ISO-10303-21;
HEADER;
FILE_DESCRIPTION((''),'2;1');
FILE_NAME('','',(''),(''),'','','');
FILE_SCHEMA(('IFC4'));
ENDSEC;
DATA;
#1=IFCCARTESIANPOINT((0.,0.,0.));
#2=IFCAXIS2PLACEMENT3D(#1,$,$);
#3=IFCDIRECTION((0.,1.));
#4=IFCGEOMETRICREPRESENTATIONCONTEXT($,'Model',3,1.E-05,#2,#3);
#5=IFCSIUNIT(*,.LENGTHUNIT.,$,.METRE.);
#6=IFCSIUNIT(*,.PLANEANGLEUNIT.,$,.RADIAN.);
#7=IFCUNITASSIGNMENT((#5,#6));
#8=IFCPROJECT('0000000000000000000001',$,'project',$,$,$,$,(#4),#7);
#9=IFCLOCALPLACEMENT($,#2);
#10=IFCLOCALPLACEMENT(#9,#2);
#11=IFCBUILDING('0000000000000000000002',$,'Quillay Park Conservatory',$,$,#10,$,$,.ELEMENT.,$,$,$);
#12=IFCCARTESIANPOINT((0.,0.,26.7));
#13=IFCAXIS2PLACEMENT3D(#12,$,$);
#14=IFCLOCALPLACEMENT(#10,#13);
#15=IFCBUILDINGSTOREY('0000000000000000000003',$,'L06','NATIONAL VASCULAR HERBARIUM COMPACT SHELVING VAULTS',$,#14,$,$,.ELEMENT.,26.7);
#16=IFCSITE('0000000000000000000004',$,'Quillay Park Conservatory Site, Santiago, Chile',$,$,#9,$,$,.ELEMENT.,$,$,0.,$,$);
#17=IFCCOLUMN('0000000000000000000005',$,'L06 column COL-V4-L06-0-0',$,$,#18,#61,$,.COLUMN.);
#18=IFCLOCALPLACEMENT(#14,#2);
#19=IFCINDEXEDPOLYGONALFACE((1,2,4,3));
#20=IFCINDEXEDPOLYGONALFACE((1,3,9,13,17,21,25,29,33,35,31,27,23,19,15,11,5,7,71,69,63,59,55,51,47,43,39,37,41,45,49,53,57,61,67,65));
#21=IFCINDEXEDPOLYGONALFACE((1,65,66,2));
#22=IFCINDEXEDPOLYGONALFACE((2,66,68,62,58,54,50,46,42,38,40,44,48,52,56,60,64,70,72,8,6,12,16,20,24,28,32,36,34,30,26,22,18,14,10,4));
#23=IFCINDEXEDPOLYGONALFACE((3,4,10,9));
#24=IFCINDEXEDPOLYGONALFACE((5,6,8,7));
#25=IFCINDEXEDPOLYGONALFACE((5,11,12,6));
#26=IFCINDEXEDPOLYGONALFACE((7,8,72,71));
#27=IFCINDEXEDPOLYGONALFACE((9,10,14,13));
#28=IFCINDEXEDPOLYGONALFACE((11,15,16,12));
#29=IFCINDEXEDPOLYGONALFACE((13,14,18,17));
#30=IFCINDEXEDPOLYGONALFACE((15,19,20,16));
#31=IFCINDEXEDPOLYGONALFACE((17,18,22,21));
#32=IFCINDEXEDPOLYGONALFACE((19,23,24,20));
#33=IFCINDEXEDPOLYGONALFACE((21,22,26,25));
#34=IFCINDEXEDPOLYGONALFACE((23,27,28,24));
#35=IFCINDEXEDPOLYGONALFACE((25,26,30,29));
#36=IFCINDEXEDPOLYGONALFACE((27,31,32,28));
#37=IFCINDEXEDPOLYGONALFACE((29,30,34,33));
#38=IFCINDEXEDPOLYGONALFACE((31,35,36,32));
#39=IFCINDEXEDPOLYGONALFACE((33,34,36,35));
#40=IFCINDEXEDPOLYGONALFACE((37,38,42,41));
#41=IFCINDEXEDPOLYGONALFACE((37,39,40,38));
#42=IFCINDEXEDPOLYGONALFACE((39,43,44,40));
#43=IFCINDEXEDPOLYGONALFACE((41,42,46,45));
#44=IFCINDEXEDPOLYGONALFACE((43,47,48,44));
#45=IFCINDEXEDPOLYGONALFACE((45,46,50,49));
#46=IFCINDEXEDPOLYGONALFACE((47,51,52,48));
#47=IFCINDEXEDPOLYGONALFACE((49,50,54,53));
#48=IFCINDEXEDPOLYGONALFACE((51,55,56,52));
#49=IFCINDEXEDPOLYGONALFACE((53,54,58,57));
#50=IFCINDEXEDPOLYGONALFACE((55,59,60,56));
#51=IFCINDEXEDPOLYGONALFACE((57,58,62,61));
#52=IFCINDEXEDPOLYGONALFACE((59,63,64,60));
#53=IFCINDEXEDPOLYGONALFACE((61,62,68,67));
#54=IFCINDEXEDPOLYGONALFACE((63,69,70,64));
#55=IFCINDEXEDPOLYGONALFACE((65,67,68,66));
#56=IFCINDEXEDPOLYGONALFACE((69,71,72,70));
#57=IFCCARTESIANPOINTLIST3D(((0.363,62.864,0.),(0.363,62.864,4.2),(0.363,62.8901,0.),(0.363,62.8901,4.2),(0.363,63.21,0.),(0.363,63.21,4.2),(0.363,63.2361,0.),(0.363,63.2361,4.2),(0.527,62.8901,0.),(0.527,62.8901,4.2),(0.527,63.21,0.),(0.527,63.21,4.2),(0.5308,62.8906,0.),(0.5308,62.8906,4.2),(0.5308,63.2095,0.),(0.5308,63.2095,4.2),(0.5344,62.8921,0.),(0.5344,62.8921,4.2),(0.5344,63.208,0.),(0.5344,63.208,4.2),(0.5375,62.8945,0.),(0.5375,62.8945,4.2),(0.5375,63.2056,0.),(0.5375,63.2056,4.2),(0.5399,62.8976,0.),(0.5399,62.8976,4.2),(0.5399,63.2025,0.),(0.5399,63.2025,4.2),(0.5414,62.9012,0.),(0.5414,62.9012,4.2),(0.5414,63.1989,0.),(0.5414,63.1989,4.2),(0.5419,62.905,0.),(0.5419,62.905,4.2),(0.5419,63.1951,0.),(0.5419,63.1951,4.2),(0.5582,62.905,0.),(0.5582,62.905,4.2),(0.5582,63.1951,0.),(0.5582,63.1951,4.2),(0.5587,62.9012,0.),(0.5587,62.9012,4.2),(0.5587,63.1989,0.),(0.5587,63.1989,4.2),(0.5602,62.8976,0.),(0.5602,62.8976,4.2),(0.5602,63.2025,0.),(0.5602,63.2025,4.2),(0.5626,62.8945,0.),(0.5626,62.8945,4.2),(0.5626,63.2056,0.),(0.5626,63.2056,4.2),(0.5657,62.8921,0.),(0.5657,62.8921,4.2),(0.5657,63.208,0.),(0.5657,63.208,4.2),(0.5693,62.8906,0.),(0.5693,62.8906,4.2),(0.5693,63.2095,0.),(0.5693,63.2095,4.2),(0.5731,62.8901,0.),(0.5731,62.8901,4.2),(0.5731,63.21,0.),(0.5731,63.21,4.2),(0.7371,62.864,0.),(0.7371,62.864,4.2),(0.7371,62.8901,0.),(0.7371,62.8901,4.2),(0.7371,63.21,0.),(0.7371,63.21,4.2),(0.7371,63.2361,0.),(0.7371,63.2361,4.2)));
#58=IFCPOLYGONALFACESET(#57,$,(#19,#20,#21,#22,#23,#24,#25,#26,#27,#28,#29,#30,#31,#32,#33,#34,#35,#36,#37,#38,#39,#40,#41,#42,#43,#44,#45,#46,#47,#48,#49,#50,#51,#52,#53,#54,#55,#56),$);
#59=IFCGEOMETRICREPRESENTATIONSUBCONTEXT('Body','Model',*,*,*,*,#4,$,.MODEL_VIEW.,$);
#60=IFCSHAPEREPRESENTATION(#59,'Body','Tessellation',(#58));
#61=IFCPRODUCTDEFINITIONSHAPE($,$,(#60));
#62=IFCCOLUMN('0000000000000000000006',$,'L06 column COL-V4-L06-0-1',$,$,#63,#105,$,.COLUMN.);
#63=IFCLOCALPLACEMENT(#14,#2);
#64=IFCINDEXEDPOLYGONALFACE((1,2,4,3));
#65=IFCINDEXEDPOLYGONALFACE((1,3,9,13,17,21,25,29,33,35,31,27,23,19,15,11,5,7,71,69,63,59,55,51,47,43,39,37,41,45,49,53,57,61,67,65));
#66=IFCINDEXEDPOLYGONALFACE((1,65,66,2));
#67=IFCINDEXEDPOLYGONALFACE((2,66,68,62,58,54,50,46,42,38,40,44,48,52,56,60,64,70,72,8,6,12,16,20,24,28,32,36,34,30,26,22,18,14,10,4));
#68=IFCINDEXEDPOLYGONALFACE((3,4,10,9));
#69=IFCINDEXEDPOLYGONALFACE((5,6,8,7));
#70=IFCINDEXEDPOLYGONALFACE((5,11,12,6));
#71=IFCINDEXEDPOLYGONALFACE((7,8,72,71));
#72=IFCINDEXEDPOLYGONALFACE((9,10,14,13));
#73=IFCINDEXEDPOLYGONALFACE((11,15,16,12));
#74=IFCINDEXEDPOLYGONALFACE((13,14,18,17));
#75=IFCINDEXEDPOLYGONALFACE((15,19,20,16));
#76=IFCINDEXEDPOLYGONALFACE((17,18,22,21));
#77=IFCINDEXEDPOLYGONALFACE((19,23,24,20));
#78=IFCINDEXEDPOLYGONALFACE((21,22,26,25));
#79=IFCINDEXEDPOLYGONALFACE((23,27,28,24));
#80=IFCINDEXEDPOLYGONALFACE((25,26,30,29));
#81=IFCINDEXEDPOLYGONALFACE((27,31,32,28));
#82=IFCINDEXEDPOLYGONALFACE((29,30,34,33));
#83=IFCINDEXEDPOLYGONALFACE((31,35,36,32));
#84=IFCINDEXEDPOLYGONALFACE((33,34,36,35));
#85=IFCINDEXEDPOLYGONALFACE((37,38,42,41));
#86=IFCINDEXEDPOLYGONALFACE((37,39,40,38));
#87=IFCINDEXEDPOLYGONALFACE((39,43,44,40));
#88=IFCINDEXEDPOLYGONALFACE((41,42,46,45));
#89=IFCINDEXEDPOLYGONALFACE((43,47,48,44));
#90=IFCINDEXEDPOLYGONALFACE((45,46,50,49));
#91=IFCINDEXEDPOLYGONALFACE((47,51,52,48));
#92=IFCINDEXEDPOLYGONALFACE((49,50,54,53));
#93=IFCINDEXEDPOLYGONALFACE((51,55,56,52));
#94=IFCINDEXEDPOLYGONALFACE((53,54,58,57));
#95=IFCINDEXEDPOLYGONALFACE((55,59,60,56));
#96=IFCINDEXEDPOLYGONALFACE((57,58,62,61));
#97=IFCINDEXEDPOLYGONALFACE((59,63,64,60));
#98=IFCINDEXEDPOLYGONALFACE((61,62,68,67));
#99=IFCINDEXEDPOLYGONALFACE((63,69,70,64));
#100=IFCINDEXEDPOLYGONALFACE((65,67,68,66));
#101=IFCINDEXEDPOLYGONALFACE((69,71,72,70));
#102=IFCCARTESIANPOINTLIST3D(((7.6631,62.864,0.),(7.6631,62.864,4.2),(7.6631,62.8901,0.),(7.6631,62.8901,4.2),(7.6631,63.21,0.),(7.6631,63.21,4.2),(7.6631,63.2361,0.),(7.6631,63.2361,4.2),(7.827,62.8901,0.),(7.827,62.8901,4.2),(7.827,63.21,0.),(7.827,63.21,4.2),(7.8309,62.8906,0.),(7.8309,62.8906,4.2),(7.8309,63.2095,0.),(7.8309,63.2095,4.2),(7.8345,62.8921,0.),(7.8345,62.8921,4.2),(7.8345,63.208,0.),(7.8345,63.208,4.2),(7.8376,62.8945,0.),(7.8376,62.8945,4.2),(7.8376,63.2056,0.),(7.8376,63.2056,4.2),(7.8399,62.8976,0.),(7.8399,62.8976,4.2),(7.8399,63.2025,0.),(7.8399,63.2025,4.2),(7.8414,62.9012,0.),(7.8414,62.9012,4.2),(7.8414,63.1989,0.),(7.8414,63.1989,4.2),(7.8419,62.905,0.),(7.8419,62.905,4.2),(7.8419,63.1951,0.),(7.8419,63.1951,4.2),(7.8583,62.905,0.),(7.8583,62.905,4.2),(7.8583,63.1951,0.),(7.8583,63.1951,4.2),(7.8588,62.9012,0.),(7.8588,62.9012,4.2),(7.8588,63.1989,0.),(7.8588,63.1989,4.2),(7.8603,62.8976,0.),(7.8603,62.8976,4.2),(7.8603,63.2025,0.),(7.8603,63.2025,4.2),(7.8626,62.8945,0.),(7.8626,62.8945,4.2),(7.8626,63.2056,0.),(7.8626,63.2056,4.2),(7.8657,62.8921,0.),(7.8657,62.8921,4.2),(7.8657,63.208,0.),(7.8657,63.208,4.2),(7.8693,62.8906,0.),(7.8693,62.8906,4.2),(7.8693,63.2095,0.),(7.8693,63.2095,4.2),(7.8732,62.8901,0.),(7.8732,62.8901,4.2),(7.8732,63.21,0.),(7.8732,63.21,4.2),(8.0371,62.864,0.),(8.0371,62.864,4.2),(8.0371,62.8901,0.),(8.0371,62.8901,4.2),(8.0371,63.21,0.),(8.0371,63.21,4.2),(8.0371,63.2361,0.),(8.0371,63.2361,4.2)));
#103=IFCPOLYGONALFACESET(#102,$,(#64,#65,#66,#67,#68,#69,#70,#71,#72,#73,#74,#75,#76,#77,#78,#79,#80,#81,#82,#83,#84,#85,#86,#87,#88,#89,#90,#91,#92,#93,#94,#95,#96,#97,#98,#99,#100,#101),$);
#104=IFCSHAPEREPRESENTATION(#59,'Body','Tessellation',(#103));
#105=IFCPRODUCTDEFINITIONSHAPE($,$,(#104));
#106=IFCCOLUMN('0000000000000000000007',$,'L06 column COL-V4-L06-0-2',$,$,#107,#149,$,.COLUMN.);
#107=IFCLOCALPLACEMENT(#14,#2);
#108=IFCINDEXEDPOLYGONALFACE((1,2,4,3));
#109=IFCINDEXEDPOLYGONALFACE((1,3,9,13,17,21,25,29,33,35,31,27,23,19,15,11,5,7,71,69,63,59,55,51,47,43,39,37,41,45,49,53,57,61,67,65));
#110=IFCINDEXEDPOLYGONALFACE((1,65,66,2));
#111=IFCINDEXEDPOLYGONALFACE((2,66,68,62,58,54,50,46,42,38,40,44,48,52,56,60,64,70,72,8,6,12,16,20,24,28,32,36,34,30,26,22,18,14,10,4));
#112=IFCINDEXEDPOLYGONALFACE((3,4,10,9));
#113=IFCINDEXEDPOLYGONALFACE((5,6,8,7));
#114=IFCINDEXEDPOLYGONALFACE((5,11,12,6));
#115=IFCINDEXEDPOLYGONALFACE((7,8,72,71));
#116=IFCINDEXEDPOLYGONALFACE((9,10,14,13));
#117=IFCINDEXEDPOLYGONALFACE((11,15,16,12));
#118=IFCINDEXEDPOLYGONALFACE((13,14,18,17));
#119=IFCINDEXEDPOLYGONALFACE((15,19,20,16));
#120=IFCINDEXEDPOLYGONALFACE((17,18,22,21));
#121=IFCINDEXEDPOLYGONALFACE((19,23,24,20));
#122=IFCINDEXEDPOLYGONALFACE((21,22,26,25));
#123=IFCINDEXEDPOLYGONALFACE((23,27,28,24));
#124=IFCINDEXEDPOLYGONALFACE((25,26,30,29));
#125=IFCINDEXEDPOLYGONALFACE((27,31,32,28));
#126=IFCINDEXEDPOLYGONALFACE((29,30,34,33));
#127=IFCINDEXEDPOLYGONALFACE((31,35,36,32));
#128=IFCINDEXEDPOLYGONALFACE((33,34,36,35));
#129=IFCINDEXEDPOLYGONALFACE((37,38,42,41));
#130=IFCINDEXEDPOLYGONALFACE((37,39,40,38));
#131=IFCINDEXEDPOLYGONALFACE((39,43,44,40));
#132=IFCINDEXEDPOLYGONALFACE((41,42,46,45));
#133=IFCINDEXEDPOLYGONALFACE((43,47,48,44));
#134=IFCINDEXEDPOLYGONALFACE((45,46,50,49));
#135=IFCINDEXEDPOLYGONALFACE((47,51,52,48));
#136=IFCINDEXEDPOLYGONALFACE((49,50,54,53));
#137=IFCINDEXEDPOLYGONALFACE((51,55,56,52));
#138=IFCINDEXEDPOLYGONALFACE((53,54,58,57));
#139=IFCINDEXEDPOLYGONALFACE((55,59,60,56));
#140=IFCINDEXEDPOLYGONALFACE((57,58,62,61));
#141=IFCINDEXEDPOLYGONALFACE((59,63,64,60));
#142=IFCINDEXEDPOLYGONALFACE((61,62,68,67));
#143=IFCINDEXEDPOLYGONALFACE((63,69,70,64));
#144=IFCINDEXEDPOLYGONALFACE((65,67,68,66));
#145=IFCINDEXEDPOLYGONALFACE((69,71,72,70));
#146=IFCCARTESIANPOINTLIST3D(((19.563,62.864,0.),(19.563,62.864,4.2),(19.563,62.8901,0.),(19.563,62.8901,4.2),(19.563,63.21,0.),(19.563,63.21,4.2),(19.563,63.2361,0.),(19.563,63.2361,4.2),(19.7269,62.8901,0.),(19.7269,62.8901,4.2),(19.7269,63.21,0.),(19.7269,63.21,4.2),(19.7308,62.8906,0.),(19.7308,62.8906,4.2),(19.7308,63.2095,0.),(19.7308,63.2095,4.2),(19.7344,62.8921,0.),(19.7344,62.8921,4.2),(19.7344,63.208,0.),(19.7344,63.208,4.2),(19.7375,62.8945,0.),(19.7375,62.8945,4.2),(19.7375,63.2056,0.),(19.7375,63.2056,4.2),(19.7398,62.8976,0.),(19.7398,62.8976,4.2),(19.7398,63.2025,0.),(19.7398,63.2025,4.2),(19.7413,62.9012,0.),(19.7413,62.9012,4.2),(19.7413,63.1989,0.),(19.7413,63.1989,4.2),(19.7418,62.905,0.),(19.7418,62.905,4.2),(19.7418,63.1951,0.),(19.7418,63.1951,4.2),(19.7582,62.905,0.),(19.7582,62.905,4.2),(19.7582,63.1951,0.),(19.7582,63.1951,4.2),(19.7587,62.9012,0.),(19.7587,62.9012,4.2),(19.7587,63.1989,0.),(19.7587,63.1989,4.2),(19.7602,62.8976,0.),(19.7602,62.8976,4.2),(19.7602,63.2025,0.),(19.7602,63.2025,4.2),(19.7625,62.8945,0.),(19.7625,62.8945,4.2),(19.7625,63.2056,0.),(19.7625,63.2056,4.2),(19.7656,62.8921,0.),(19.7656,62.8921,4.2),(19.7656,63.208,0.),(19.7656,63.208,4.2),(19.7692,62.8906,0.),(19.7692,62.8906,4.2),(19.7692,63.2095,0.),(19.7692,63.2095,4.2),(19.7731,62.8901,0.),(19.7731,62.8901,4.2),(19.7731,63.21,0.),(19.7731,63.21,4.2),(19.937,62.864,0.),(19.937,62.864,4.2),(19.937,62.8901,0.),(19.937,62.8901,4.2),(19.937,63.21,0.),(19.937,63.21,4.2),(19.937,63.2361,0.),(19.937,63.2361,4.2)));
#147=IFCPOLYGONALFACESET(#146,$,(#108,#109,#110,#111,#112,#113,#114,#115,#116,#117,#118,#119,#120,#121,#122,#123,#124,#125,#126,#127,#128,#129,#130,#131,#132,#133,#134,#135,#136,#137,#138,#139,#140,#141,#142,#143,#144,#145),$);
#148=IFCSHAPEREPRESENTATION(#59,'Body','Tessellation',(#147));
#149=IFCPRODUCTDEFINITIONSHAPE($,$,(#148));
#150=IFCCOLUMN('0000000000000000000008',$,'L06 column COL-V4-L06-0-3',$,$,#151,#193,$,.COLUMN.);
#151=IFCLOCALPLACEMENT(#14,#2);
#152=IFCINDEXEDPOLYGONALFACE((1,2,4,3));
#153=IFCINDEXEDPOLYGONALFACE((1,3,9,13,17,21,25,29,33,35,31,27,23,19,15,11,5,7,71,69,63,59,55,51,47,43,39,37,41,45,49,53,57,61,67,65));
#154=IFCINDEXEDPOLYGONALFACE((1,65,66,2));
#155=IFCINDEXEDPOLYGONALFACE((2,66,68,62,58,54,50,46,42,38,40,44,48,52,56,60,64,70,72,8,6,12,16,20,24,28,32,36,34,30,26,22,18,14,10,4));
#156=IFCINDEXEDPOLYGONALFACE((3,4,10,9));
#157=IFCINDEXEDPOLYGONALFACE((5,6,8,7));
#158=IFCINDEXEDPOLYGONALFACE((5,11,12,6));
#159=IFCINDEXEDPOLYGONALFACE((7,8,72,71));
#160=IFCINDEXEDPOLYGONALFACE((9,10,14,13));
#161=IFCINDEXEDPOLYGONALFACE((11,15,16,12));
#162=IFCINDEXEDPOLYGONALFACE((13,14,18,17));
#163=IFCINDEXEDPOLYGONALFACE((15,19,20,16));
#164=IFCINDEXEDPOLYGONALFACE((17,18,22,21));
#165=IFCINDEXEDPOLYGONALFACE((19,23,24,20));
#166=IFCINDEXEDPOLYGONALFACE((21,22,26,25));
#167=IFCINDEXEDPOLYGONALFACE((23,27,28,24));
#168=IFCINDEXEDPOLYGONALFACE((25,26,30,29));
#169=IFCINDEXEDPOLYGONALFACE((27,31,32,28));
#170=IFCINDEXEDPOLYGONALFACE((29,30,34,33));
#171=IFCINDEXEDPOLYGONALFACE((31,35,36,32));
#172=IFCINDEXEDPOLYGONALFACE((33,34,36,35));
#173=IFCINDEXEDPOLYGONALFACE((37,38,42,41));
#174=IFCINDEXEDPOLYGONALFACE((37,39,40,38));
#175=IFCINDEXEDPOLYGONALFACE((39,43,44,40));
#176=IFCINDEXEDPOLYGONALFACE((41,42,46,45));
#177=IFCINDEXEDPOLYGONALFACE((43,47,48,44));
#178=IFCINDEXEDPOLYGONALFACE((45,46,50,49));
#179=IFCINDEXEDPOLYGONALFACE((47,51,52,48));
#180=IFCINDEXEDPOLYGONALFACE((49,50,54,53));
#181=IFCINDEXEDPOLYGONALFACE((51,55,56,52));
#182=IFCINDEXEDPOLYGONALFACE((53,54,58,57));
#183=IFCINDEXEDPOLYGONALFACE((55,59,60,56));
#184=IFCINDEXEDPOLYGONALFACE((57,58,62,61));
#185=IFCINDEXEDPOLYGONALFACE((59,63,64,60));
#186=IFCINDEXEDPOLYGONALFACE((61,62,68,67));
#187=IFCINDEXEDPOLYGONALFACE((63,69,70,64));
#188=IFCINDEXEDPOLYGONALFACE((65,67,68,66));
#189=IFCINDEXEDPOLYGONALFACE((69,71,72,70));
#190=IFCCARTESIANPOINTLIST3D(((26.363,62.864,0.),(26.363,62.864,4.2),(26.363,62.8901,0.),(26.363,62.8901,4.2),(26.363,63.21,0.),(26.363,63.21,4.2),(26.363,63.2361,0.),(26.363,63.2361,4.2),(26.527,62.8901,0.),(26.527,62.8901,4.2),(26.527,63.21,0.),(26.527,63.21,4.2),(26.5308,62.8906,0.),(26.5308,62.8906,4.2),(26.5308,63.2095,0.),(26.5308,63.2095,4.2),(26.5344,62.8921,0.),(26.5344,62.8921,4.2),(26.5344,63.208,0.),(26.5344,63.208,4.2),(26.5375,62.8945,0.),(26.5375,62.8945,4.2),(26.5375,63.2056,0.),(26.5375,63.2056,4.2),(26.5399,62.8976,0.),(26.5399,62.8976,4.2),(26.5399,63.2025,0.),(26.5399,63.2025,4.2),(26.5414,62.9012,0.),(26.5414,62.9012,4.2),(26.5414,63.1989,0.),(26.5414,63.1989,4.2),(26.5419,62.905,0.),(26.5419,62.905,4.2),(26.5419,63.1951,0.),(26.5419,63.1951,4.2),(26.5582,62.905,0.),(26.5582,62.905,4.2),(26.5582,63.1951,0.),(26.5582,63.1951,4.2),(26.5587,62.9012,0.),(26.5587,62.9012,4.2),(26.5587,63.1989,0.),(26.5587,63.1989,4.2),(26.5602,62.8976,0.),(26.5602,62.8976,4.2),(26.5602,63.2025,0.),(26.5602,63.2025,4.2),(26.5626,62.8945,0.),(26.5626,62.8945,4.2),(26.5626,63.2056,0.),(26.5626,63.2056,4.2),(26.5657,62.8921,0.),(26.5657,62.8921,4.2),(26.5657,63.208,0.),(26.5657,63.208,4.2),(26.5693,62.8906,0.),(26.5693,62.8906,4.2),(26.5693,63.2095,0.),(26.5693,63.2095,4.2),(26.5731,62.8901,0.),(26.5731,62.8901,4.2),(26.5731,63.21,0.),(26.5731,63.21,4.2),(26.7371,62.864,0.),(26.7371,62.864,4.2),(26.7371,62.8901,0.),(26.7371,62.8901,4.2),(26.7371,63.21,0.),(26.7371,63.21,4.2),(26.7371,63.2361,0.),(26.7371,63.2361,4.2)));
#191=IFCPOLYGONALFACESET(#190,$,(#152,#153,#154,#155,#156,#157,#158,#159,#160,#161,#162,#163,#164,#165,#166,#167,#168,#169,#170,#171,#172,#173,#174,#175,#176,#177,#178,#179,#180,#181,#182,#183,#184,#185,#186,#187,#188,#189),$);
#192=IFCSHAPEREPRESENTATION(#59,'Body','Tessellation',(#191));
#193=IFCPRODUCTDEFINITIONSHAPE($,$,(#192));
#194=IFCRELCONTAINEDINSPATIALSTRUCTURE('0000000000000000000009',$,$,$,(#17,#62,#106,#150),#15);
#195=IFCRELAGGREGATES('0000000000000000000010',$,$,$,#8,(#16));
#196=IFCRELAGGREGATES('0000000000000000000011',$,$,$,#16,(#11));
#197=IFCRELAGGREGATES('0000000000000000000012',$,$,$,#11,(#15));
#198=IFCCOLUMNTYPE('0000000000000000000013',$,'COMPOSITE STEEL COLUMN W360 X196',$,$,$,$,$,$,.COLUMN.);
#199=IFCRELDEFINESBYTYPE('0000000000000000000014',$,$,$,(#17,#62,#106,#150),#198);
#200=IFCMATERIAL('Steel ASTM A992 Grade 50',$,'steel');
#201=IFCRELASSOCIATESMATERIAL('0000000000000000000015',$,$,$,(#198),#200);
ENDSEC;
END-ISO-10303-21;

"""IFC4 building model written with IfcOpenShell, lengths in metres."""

from ifc_helpers import new_model, si_unit, direction, frame, origin, origin_2d, place, context, subcontext, project, spatial, i_section, extrude, material, material_profile, profile_set, type_object, element, save


model = new_model("IFC4")

# Units and contexts
model_context = context("Model", 3, precision=1e-05, world=origin(), true_north=direction((0.0, 1.0)))
body_context = subcontext(model_context, "Body", "Model", "MODEL_VIEW")
ifc_project = project(units=[si_unit("LENGTHUNIT", "METRE"), si_unit("PLANEANGLEUNIT", "RADIAN")], contexts=[model_context])

# Site, building, storey
site_placement = place(None, origin())
site = spatial("IfcSite", under=ifc_project, at=site_placement, Name="Quillay Park Conservatory Site, Santiago, Chile", CompositionType="ELEMENT", RefElevation=0.0)
building_placement = place(site_placement, origin())
building = spatial("IfcBuilding", under=site, at=building_placement, Name="Quillay Park Conservatory", CompositionType="ELEMENT")
storey_placement = place(building_placement, frame((0.0, 0.0, 26.7)))
storey = spatial("IfcBuildingStorey", under=building, at=storey_placement, Name="L06", Description="NATIONAL VASCULAR HERBARIUM COMPACT SHELVING VAULTS", CompositionType="ELEMENT", Elevation=26.7)

# Columns
ifc_material_1 = material(Name="Steel ASTM A992 Grade 50", Category="steel")
ifc_material_profile_1 = material_profile(ifc_material_1, i_section(OverallWidth=0.374, OverallDepth=0.3721, WebThickness=0.0164, FlangeThickness=0.0261, FilletRadius=0.0149, at=origin_2d()), Name="W360x196")
ifc_profile_set_1 = profile_set([ifc_material_profile_1], Name="Steel ASTM A992 Grade 50")
column_type = type_object("IfcColumnType", Name="COMPOSITE STEEL COLUMN W360 X196", PredefinedType="COLUMN", material=ifc_profile_set_1)
for number, where, z_axis, x_axis, name in (
    (1, (0.55, 63.05, 0.0), (0.0, 0.0, 1.0), (1.0, 0.0, 0.0), "L06 column COL-V4-L06-0-0"),
    (2, (7.8501, 63.05, 0.0), (0.0, 0.0, 1.0), (1.0, 0.0, 0.0), "L06 column COL-V4-L06-0-1"),
    (3, (19.75, 63.05, 0.0), (0.0, 0.0, 1.0), (1.0, 0.0, 0.0), "L06 column COL-V4-L06-0-2"),
    (4, (26.55, 63.05, 0.0), (0.0, 0.0, 1.0), (1.0, 0.0, 0.0), "L06 column COL-V4-L06-0-3"),
):
    element("IfcColumn", number, at=place(storey_placement, frame(where, z_axis=z_axis, x_axis=x_axis)), inside=storey, type_object=column_type, Name=name, PredefinedType="COLUMN", context=body_context, shape_type="SweptSolid", body=[
        extrude(i_section(OverallWidth=0.374, OverallDepth=0.3721, WebThickness=0.0164, FlangeThickness=0.0261, FilletRadius=0.0149, at=origin_2d()), origin(), (0.0, 0.0, 1.0), 4.2),
    ])

save(model, "model.ifc")
